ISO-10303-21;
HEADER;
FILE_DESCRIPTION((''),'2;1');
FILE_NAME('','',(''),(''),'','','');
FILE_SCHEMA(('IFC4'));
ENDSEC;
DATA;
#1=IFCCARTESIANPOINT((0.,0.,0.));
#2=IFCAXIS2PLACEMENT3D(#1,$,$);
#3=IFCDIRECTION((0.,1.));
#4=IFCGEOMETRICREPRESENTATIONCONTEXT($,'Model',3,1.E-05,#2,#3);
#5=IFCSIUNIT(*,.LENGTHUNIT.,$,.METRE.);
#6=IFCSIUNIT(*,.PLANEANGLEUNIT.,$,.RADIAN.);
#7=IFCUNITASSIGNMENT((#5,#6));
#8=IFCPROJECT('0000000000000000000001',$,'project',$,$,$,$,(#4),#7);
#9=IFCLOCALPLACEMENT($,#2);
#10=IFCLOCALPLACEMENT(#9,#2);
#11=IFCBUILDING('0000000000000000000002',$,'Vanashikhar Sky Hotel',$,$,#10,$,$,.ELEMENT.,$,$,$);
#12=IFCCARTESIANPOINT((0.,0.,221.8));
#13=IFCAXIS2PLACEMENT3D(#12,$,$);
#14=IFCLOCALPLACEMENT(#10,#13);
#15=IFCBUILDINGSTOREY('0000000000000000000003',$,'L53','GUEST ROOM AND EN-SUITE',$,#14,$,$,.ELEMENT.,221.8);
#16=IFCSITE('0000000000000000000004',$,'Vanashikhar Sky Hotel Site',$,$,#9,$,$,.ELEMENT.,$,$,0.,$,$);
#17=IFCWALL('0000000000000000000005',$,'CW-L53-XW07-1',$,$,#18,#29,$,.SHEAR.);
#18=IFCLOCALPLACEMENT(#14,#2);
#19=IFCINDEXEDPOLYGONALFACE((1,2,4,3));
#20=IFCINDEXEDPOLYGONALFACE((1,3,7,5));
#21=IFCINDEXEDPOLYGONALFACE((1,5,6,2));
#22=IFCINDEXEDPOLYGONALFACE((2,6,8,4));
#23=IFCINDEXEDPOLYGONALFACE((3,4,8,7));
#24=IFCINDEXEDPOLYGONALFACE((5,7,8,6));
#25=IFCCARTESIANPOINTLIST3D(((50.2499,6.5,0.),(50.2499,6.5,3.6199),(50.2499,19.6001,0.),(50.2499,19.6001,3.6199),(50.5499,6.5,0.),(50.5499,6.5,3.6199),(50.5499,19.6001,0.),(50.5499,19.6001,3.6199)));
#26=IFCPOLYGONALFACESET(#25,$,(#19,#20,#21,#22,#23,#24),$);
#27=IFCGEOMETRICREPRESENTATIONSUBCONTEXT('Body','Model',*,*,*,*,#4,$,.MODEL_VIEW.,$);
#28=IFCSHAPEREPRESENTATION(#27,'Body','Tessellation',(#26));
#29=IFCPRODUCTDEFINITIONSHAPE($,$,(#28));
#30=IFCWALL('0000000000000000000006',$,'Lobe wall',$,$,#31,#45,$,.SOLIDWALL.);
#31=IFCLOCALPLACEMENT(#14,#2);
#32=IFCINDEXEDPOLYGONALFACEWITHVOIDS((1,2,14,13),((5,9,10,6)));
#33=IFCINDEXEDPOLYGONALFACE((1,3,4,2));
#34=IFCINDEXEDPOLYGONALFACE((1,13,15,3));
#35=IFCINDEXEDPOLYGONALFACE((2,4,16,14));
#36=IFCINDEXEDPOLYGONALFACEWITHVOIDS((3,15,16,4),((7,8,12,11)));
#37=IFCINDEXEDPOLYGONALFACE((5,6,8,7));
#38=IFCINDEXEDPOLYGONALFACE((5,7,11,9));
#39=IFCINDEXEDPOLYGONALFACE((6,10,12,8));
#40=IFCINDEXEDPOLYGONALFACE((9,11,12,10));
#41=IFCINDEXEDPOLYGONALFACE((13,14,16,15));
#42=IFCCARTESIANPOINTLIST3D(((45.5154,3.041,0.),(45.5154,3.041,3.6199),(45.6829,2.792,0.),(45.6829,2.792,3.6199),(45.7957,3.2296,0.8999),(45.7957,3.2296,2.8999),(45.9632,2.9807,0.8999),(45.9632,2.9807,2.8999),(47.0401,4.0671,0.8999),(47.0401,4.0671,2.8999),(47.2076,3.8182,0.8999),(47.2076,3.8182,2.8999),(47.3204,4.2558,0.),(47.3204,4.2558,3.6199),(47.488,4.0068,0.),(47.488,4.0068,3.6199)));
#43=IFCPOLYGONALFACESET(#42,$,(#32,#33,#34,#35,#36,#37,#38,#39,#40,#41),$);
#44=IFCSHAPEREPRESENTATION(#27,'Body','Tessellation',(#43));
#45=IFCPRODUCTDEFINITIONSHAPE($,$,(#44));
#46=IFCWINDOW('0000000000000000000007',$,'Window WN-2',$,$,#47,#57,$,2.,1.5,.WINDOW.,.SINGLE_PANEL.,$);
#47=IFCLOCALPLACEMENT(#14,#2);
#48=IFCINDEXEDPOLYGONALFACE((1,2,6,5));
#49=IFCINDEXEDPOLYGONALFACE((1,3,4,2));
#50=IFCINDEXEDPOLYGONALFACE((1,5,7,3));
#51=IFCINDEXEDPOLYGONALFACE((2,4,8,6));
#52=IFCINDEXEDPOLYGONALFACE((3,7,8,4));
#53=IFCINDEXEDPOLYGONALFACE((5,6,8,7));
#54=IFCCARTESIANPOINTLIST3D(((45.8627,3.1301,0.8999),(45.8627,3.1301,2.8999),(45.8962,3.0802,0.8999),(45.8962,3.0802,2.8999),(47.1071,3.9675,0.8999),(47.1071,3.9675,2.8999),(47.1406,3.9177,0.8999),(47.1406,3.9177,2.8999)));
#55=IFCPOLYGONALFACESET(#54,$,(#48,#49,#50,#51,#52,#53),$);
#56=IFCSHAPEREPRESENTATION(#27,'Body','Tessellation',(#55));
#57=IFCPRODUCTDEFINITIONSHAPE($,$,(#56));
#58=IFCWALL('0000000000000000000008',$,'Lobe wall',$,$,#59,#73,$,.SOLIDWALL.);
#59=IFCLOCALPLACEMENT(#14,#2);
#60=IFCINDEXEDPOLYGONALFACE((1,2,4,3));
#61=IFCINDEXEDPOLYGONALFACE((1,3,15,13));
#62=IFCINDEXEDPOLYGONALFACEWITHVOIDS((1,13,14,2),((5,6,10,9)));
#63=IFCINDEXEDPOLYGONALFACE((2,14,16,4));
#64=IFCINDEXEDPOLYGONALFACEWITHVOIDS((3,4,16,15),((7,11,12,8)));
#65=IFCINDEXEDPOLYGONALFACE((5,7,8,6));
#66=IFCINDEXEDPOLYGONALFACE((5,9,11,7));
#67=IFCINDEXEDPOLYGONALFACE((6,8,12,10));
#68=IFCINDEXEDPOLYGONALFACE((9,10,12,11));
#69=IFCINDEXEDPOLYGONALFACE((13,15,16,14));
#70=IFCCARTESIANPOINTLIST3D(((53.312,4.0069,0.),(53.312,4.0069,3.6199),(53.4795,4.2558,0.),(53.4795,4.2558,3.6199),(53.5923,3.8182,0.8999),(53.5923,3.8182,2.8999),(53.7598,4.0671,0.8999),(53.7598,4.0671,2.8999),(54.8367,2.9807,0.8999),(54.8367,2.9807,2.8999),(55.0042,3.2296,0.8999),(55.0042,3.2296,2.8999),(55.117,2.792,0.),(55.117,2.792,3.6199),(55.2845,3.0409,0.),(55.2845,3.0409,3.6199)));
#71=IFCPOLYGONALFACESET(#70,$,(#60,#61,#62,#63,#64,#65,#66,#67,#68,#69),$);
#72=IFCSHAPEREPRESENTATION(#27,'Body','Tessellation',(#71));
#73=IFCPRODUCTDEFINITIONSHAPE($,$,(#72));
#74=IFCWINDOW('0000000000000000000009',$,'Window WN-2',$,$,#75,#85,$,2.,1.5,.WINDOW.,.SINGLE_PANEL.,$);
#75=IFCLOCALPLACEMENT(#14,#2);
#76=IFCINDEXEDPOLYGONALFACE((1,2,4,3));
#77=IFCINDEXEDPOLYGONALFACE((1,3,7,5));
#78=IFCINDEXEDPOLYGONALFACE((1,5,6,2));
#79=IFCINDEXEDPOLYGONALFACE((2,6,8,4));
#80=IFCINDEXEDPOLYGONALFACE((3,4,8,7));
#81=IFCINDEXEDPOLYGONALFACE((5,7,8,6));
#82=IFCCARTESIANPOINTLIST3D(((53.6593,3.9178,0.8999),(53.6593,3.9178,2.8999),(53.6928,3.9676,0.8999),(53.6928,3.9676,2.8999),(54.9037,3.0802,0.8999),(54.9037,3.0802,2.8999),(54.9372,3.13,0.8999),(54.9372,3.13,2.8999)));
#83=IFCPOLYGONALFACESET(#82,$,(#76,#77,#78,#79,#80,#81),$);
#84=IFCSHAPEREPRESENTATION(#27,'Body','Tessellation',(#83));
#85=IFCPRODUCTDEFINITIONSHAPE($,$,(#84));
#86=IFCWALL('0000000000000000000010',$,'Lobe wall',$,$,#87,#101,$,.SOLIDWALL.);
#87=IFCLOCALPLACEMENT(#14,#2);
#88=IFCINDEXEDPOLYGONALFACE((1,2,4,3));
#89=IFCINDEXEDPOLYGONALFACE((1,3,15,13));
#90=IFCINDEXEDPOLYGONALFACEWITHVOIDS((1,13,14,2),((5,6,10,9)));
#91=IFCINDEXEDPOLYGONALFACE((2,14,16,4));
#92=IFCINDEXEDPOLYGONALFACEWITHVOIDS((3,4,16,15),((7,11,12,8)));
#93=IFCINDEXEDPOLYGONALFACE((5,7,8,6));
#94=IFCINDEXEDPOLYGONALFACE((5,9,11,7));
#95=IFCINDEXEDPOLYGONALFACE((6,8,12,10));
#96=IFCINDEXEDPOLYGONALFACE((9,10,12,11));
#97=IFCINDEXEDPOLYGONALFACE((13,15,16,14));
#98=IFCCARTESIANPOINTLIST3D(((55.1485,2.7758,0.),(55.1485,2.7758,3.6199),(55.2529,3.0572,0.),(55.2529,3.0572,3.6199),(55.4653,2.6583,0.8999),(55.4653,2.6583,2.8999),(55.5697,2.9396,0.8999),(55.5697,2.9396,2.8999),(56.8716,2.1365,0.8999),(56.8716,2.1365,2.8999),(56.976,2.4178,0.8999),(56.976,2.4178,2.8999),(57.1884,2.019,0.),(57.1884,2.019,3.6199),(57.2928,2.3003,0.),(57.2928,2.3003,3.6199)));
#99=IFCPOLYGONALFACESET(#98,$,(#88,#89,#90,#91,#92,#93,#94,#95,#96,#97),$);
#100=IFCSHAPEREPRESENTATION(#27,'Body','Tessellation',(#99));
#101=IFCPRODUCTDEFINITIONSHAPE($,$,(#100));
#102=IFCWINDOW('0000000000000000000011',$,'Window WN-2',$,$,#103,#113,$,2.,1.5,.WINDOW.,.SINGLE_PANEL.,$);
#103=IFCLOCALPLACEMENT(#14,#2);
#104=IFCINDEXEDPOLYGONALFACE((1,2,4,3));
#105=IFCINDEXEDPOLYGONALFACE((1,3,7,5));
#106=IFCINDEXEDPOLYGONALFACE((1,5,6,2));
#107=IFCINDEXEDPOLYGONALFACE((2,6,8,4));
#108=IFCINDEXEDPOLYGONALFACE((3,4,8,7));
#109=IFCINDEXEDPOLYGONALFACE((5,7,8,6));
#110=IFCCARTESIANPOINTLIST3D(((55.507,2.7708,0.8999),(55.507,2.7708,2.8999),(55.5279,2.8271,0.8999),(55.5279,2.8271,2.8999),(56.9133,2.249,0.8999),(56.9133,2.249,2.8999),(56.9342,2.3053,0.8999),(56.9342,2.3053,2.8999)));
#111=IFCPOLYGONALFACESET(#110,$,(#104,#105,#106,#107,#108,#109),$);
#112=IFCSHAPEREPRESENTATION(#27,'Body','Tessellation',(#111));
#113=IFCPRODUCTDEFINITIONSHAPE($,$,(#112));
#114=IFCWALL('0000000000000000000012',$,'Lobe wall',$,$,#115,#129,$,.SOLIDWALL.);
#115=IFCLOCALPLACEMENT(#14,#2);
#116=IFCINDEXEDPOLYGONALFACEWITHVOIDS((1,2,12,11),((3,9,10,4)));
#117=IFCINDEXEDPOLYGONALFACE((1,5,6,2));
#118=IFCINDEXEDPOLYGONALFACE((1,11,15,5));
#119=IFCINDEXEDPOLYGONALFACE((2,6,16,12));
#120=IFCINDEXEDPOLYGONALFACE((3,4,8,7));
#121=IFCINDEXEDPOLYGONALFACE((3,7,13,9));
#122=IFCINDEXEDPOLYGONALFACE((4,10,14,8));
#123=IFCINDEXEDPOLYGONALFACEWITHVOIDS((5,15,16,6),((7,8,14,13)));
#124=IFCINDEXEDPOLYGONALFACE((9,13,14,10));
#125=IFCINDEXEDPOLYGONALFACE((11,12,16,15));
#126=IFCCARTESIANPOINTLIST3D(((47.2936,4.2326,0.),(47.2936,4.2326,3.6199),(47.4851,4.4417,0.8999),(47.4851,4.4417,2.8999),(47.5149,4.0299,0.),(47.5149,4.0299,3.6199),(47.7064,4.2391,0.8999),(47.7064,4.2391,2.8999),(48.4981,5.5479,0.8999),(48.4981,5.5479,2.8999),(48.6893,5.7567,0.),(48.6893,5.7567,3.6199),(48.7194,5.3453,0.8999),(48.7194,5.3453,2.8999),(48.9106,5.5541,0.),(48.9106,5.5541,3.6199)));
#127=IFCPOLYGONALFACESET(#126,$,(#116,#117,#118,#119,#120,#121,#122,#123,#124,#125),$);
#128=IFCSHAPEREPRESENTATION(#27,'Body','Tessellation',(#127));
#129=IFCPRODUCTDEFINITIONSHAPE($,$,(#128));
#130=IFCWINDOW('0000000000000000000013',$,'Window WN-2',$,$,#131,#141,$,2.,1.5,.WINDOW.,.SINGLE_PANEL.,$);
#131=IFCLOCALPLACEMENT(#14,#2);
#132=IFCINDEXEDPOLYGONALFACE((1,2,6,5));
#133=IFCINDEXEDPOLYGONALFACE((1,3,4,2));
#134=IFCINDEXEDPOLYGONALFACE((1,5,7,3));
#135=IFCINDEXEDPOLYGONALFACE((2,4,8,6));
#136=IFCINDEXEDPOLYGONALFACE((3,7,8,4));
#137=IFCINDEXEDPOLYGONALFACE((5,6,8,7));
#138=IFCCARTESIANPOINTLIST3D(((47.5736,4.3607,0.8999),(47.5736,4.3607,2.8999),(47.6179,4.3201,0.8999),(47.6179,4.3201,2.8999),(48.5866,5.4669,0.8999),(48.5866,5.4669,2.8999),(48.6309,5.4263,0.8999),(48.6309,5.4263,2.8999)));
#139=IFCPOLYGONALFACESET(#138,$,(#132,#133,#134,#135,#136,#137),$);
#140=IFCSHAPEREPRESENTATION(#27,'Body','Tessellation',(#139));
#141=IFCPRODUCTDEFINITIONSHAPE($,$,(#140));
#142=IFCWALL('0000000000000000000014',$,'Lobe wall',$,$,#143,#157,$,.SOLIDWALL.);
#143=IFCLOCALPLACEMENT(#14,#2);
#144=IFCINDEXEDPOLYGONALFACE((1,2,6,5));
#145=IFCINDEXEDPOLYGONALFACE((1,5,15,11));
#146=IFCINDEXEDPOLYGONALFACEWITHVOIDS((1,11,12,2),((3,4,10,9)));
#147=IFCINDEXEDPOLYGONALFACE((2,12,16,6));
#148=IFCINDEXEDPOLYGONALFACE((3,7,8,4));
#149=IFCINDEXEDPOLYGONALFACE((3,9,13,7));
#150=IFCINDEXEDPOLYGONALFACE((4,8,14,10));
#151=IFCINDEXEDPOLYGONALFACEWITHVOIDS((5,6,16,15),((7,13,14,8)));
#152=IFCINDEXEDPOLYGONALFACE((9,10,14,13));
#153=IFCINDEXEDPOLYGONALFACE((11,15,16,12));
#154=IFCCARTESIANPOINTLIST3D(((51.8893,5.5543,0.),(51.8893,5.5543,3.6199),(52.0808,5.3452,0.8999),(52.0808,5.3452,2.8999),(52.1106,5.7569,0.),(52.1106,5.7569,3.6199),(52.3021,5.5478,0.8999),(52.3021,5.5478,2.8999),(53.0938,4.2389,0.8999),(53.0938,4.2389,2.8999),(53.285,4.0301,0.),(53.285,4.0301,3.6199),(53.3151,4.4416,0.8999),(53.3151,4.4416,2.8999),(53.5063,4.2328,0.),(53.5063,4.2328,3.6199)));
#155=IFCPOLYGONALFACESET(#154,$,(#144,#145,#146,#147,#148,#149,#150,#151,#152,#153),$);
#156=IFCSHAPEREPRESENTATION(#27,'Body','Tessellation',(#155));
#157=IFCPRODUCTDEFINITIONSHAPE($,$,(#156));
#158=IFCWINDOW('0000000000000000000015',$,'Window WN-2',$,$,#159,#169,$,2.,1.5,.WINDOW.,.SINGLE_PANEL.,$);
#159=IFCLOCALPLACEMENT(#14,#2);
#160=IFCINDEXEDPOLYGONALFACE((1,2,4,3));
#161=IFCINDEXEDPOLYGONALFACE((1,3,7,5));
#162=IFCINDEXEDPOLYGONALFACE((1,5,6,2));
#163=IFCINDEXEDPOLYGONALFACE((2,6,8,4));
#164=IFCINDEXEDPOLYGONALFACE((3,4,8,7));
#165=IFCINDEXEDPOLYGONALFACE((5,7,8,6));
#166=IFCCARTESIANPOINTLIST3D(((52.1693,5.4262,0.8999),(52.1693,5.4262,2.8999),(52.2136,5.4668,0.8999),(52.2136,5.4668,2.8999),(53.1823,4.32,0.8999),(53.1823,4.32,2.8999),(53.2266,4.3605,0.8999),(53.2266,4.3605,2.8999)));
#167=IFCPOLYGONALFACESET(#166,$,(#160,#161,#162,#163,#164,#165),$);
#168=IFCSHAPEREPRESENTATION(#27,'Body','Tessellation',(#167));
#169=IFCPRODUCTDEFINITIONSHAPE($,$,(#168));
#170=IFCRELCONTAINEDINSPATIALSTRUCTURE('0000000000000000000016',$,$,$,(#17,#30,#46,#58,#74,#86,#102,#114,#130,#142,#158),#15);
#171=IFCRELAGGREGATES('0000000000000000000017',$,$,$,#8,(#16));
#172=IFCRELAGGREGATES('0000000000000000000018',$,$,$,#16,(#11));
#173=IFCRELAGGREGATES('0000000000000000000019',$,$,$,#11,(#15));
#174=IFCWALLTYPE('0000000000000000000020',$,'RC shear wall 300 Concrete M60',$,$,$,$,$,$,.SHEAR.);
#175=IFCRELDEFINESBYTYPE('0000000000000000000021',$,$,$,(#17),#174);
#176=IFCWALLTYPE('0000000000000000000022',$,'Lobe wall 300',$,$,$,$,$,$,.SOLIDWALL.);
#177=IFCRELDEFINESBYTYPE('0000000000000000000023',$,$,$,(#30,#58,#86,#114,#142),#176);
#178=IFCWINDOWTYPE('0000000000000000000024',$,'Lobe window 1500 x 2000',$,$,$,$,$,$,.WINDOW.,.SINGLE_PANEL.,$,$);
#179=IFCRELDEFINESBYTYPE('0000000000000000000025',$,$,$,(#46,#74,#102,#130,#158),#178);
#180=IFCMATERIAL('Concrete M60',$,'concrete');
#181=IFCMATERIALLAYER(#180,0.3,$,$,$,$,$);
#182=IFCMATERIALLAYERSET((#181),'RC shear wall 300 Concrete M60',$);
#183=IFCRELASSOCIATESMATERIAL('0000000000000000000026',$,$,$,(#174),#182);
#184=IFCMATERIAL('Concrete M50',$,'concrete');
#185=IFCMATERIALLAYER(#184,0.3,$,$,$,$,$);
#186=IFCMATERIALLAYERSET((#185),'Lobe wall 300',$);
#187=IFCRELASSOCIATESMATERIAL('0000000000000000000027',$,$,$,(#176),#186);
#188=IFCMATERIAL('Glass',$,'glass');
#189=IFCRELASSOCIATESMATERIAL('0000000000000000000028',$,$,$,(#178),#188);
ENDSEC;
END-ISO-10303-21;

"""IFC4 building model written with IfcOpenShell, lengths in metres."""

from ifc_helpers import new_model, si_unit, direction, frame, frame_2d, origin, place, context, subcontext, project, spatial, rectangle, extrude, source, transform, mapped, material, layer, layer_set, type_object, element, fill, save


model = new_model("IFC4")

# Units and contexts
model_context = context("Model", 3, precision=1e-05, world=origin(), true_north=direction((0.0, 1.0)))
body_context = subcontext(model_context, "Body", "Model", "MODEL_VIEW")
ifc_project = project(units=[si_unit("LENGTHUNIT", "METRE"), si_unit("PLANEANGLEUNIT", "RADIAN")], contexts=[model_context])

# Site, building, storey
site_placement = place(None, origin())
site = spatial("IfcSite", under=ifc_project, at=site_placement, Name="Vanashikhar Sky Hotel Site", CompositionType="ELEMENT", RefElevation=0.0)
building_placement = place(site_placement, origin())
building = spatial("IfcBuilding", under=site, at=building_placement, Name="Vanashikhar Sky Hotel", CompositionType="ELEMENT")
storey_placement = place(building_placement, frame((0.0, 0.0, 221.8)))
storey = spatial("IfcBuildingStorey", under=building, at=storey_placement, Name="L53", Description="GUEST ROOM AND EN-SUITE", CompositionType="ELEMENT", Elevation=221.8)

# Wall
ifc_material_1 = material(Name="Concrete M60", Category="concrete")
ifc_layer_1 = layer(ifc_material_1, 0.3)
ifc_layer_set_1 = layer_set([ifc_layer_1], Name="RC shear wall 300 Concrete M60")
wall_type_1 = type_object("IfcWallType", Name="RC shear wall 300 Concrete M60", PredefinedType="SHEAR", material=ifc_layer_set_1)
shared_shape_1 = source(origin(), body_context, "Body", "SweptSolid", [
    extrude(rectangle(XDim=13.1001, YDim=0.3, at=frame_2d((6.55, 0.0))), origin(), (0.0, 0.0, 1.0), 3.6199),
])
wall_1_placement = place(storey_placement, frame((50.3999, 6.5, 0.0), z_axis=(0.0, 0.0, 1.0), x_axis=(0.0, 1.0, 0.0)))
element("IfcWall", 1, at=wall_1_placement, inside=storey, type_object=wall_type_1, Name="CW-L53-XW07-1", PredefinedType="SHEAR", context=body_context, shape_type="MappedRepresentation", body=[
    mapped(shared_shape_1, transform((0.0, 0.0, 0.0), scale=1.0)),
])

# Walls, openings, windows
ifc_material_2 = material(Name="Concrete M50", Category="concrete")
ifc_layer_2 = layer(ifc_material_2, 0.3)
ifc_layer_set_2 = layer_set([ifc_layer_2], Name="Lobe wall 300")
wall_type_2 = type_object("IfcWallType", Name="Lobe wall 300", PredefinedType="SOLIDWALL", material=ifc_layer_set_2)
shared_shape_2 = source(origin(), body_context, "Body", "SweptSolid", [
    extrude(rectangle(XDim=2.1758, YDim=0.3, at=frame_2d((1.0879, 0.0))), origin(), (0.0, 0.0, 1.0), 3.6199),
])
wall_2_placement = place(storey_placement, frame((45.5991, 2.9165, 0.0), z_axis=(0.0, 0.0, 1.0), x_axis=(0.829626, 0.55832, 0.0)))
wall_2 = element("IfcWall", 2, at=wall_2_placement, inside=storey, type_object=wall_type_2, Name="Lobe wall", PredefinedType="SOLIDWALL", context=body_context, shape_type="MappedRepresentation", body=[
    mapped(shared_shape_2, transform((0.0, 0.0, 0.0), scale=1.0)),
])
shared_shape_3 = source(origin(), body_context, "Body", "SweptSolid", [
    extrude(rectangle(XDim=1.5, YDim=2.0, at=frame_2d((0.75, 1.0))), frame((0.0, 0.1602, 0.0), z_axis=(0.0, -1.0, 0.0), x_axis=(1.0, 0.0, 0.0)), (0.0, 0.0, 1.0), 0.3201),
])
opening_1_placement = place(wall_2_placement, frame((0.3379, 0.0, 0.8999)))
opening_1 = element("IfcOpeningElement", 3, at=opening_1_placement, cuts=wall_2, PredefinedType="OPENING", context=body_context, shape_type="MappedRepresentation", body=[
    mapped(shared_shape_3, transform((0.0, 0.0, 0.0), scale=1.0)),
])
ifc_material_3 = material(Name="Glass", Category="glass")
window_type = type_object("IfcWindowType", Name="Lobe window 1500 x 2000", PartitioningType="SINGLE_PANEL", PredefinedType="WINDOW", material=ifc_material_3)
shared_shape_4 = source(origin(), body_context, "Body", "SweptSolid", [
    extrude(rectangle(XDim=1.5, YDim=2.0, at=frame_2d((0.75, 1.0))), frame((0.0, 0.03, 0.0), z_axis=(0.0, -1.0, 0.0), x_axis=(1.0, 0.0, 0.0)), (0.0, 0.0, 1.0), 0.0601),
])
window_1_placement = place(opening_1_placement, origin())
window_1 = element("IfcWindow", 4, at=window_1_placement, inside=storey, type_object=window_type, Name="Window WN-2", OverallHeight=2.0, OverallWidth=1.5, PartitioningType="SINGLE_PANEL", PredefinedType="WINDOW", context=body_context, shape_type="MappedRepresentation", body=[
    mapped(shared_shape_4, transform((0.0, 0.0, 0.0), scale=1.0)),
])
fill(opening_1, window_1)
wall_3_placement = place(storey_placement, frame((53.3958, 4.1313, 0.0), z_axis=(0.0, 0.0, 1.0), x_axis=(0.829591, -0.558372, 0.0)))
wall_3 = element("IfcWall", 5, at=wall_3_placement, inside=storey, type_object=wall_type_2, Name="Lobe wall", PredefinedType="SOLIDWALL", context=body_context, shape_type="MappedRepresentation", body=[
    mapped(shared_shape_2, transform((0.0, 0.0, 0.0), scale=1.0)),
])
opening_2_placement = place(wall_3_placement, frame((0.3379, 0.0, 0.8999)))
opening_2 = element("IfcOpeningElement", 6, at=opening_2_placement, cuts=wall_3, PredefinedType="OPENING", context=body_context, shape_type="MappedRepresentation", body=[
    mapped(shared_shape_3, transform((0.0, 0.0, 0.0), scale=1.0)),
])
window_2_placement = place(opening_2_placement, origin())
window_2 = element("IfcWindow", 7, at=window_2_placement, inside=storey, type_object=window_type, Name="Window WN-2", OverallHeight=2.0, OverallWidth=1.5, PartitioningType="SINGLE_PANEL", PredefinedType="WINDOW", context=body_context, shape_type="MappedRepresentation", body=[
    mapped(shared_shape_4, transform((0.0, 0.0, 0.0), scale=1.0)),
])
fill(opening_2, window_2)
wall_4_placement = place(storey_placement, frame((55.2007, 2.9165, 0.0), z_axis=(0.0, 0.0, 1.0), x_axis=(0.937546, -0.347863, 0.0)))
wall_4 = element("IfcWall", 8, at=wall_4_placement, inside=storey, type_object=wall_type_2, Name="Lobe wall", PredefinedType="SOLIDWALL", context=body_context, shape_type="MappedRepresentation", body=[
    mapped(shared_shape_2, transform((0.0, 0.0, 0.0), scale=1.0)),
])
opening_3_placement = place(wall_4_placement, frame((0.3379, 0.0, 0.8999)))
opening_3 = element("IfcOpeningElement", 9, at=opening_3_placement, cuts=wall_4, PredefinedType="OPENING", context=body_context, shape_type="MappedRepresentation", body=[
    mapped(shared_shape_3, transform((0.0, 0.0, 0.0), scale=1.0)),
])
window_3_placement = place(opening_3_placement, origin())
window_3 = element("IfcWindow", 10, at=window_3_placement, inside=storey, type_object=window_type, Name="Window WN-2", OverallHeight=2.0, OverallWidth=1.5, PartitioningType="SINGLE_PANEL", PredefinedType="WINDOW", context=body_context, shape_type="MappedRepresentation", body=[
    mapped(shared_shape_4, transform((0.0, 0.0, 0.0), scale=1.0)),
])
fill(opening_3, window_3)
shared_shape_5 = source(origin(), body_context, "Body", "SweptSolid", [
    extrude(rectangle(XDim=2.0667, YDim=0.3, at=frame_2d((1.0332, 0.0))), origin(), (0.0, 0.0, 1.0), 3.6199),
])
wall_5_placement = place(storey_placement, frame((47.4043, 4.1313, 0.0), z_axis=(0.0, 0.0, 1.0), x_axis=(0.675355, 0.737492, 0.0)))
wall_5 = element("IfcWall", 11, at=wall_5_placement, inside=storey, type_object=wall_type_2, Name="Lobe wall", PredefinedType="SOLIDWALL", context=body_context, shape_type="MappedRepresentation", body=[
    mapped(shared_shape_5, transform((0.0, 0.0, 0.0), scale=1.0)),
])
opening_4_placement = place(wall_5_placement, frame((0.2834, 0.0, 0.8999)))
opening_4 = element("IfcOpeningElement", 12, at=opening_4_placement, cuts=wall_5, PredefinedType="OPENING", context=body_context, shape_type="MappedRepresentation", body=[
    mapped(shared_shape_3, transform((0.0, 0.0, 0.0), scale=1.0)),
])
window_4_placement = place(opening_4_placement, origin())
window_4 = element("IfcWindow", 13, at=window_4_placement, inside=storey, type_object=window_type, Name="Window WN-2", OverallHeight=2.0, OverallWidth=1.5, PartitioningType="SINGLE_PANEL", PredefinedType="WINDOW", context=body_context, shape_type="MappedRepresentation", body=[
    mapped(shared_shape_4, transform((0.0, 0.0, 0.0), scale=1.0)),
])
fill(opening_4, window_4)
wall_6_placement = place(storey_placement, frame((52.0, 5.6555, 0.0), z_axis=(0.0, 0.0, 1.0), x_axis=(0.675355, -0.737492, 0.0)))
wall_6 = element("IfcWall", 14, at=wall_6_placement, inside=storey, type_object=wall_type_2, Name="Lobe wall", PredefinedType="SOLIDWALL", context=body_context, shape_type="MappedRepresentation", body=[
    mapped(shared_shape_5, transform((0.0, 0.0, 0.0), scale=1.0)),
])
opening_5_placement = place(wall_6_placement, frame((0.2834, 0.0, 0.8999)))
opening_5 = element("IfcOpeningElement", 15, at=opening_5_placement, cuts=wall_6, PredefinedType="OPENING", context=body_context, shape_type="MappedRepresentation", body=[
    mapped(shared_shape_3, transform((0.0, 0.0, 0.0), scale=1.0)),
])
window_5_placement = place(opening_5_placement, origin())
window_5 = element("IfcWindow", 16, at=window_5_placement, inside=storey, type_object=window_type, Name="Window WN-2", OverallHeight=2.0, OverallWidth=1.5, PartitioningType="SINGLE_PANEL", PredefinedType="WINDOW", context=body_context, shape_type="MappedRepresentation", body=[
    mapped(shared_shape_4, transform((0.0, 0.0, 0.0), scale=1.0)),
])
fill(opening_5, window_5)

save(model, "model.ifc")
